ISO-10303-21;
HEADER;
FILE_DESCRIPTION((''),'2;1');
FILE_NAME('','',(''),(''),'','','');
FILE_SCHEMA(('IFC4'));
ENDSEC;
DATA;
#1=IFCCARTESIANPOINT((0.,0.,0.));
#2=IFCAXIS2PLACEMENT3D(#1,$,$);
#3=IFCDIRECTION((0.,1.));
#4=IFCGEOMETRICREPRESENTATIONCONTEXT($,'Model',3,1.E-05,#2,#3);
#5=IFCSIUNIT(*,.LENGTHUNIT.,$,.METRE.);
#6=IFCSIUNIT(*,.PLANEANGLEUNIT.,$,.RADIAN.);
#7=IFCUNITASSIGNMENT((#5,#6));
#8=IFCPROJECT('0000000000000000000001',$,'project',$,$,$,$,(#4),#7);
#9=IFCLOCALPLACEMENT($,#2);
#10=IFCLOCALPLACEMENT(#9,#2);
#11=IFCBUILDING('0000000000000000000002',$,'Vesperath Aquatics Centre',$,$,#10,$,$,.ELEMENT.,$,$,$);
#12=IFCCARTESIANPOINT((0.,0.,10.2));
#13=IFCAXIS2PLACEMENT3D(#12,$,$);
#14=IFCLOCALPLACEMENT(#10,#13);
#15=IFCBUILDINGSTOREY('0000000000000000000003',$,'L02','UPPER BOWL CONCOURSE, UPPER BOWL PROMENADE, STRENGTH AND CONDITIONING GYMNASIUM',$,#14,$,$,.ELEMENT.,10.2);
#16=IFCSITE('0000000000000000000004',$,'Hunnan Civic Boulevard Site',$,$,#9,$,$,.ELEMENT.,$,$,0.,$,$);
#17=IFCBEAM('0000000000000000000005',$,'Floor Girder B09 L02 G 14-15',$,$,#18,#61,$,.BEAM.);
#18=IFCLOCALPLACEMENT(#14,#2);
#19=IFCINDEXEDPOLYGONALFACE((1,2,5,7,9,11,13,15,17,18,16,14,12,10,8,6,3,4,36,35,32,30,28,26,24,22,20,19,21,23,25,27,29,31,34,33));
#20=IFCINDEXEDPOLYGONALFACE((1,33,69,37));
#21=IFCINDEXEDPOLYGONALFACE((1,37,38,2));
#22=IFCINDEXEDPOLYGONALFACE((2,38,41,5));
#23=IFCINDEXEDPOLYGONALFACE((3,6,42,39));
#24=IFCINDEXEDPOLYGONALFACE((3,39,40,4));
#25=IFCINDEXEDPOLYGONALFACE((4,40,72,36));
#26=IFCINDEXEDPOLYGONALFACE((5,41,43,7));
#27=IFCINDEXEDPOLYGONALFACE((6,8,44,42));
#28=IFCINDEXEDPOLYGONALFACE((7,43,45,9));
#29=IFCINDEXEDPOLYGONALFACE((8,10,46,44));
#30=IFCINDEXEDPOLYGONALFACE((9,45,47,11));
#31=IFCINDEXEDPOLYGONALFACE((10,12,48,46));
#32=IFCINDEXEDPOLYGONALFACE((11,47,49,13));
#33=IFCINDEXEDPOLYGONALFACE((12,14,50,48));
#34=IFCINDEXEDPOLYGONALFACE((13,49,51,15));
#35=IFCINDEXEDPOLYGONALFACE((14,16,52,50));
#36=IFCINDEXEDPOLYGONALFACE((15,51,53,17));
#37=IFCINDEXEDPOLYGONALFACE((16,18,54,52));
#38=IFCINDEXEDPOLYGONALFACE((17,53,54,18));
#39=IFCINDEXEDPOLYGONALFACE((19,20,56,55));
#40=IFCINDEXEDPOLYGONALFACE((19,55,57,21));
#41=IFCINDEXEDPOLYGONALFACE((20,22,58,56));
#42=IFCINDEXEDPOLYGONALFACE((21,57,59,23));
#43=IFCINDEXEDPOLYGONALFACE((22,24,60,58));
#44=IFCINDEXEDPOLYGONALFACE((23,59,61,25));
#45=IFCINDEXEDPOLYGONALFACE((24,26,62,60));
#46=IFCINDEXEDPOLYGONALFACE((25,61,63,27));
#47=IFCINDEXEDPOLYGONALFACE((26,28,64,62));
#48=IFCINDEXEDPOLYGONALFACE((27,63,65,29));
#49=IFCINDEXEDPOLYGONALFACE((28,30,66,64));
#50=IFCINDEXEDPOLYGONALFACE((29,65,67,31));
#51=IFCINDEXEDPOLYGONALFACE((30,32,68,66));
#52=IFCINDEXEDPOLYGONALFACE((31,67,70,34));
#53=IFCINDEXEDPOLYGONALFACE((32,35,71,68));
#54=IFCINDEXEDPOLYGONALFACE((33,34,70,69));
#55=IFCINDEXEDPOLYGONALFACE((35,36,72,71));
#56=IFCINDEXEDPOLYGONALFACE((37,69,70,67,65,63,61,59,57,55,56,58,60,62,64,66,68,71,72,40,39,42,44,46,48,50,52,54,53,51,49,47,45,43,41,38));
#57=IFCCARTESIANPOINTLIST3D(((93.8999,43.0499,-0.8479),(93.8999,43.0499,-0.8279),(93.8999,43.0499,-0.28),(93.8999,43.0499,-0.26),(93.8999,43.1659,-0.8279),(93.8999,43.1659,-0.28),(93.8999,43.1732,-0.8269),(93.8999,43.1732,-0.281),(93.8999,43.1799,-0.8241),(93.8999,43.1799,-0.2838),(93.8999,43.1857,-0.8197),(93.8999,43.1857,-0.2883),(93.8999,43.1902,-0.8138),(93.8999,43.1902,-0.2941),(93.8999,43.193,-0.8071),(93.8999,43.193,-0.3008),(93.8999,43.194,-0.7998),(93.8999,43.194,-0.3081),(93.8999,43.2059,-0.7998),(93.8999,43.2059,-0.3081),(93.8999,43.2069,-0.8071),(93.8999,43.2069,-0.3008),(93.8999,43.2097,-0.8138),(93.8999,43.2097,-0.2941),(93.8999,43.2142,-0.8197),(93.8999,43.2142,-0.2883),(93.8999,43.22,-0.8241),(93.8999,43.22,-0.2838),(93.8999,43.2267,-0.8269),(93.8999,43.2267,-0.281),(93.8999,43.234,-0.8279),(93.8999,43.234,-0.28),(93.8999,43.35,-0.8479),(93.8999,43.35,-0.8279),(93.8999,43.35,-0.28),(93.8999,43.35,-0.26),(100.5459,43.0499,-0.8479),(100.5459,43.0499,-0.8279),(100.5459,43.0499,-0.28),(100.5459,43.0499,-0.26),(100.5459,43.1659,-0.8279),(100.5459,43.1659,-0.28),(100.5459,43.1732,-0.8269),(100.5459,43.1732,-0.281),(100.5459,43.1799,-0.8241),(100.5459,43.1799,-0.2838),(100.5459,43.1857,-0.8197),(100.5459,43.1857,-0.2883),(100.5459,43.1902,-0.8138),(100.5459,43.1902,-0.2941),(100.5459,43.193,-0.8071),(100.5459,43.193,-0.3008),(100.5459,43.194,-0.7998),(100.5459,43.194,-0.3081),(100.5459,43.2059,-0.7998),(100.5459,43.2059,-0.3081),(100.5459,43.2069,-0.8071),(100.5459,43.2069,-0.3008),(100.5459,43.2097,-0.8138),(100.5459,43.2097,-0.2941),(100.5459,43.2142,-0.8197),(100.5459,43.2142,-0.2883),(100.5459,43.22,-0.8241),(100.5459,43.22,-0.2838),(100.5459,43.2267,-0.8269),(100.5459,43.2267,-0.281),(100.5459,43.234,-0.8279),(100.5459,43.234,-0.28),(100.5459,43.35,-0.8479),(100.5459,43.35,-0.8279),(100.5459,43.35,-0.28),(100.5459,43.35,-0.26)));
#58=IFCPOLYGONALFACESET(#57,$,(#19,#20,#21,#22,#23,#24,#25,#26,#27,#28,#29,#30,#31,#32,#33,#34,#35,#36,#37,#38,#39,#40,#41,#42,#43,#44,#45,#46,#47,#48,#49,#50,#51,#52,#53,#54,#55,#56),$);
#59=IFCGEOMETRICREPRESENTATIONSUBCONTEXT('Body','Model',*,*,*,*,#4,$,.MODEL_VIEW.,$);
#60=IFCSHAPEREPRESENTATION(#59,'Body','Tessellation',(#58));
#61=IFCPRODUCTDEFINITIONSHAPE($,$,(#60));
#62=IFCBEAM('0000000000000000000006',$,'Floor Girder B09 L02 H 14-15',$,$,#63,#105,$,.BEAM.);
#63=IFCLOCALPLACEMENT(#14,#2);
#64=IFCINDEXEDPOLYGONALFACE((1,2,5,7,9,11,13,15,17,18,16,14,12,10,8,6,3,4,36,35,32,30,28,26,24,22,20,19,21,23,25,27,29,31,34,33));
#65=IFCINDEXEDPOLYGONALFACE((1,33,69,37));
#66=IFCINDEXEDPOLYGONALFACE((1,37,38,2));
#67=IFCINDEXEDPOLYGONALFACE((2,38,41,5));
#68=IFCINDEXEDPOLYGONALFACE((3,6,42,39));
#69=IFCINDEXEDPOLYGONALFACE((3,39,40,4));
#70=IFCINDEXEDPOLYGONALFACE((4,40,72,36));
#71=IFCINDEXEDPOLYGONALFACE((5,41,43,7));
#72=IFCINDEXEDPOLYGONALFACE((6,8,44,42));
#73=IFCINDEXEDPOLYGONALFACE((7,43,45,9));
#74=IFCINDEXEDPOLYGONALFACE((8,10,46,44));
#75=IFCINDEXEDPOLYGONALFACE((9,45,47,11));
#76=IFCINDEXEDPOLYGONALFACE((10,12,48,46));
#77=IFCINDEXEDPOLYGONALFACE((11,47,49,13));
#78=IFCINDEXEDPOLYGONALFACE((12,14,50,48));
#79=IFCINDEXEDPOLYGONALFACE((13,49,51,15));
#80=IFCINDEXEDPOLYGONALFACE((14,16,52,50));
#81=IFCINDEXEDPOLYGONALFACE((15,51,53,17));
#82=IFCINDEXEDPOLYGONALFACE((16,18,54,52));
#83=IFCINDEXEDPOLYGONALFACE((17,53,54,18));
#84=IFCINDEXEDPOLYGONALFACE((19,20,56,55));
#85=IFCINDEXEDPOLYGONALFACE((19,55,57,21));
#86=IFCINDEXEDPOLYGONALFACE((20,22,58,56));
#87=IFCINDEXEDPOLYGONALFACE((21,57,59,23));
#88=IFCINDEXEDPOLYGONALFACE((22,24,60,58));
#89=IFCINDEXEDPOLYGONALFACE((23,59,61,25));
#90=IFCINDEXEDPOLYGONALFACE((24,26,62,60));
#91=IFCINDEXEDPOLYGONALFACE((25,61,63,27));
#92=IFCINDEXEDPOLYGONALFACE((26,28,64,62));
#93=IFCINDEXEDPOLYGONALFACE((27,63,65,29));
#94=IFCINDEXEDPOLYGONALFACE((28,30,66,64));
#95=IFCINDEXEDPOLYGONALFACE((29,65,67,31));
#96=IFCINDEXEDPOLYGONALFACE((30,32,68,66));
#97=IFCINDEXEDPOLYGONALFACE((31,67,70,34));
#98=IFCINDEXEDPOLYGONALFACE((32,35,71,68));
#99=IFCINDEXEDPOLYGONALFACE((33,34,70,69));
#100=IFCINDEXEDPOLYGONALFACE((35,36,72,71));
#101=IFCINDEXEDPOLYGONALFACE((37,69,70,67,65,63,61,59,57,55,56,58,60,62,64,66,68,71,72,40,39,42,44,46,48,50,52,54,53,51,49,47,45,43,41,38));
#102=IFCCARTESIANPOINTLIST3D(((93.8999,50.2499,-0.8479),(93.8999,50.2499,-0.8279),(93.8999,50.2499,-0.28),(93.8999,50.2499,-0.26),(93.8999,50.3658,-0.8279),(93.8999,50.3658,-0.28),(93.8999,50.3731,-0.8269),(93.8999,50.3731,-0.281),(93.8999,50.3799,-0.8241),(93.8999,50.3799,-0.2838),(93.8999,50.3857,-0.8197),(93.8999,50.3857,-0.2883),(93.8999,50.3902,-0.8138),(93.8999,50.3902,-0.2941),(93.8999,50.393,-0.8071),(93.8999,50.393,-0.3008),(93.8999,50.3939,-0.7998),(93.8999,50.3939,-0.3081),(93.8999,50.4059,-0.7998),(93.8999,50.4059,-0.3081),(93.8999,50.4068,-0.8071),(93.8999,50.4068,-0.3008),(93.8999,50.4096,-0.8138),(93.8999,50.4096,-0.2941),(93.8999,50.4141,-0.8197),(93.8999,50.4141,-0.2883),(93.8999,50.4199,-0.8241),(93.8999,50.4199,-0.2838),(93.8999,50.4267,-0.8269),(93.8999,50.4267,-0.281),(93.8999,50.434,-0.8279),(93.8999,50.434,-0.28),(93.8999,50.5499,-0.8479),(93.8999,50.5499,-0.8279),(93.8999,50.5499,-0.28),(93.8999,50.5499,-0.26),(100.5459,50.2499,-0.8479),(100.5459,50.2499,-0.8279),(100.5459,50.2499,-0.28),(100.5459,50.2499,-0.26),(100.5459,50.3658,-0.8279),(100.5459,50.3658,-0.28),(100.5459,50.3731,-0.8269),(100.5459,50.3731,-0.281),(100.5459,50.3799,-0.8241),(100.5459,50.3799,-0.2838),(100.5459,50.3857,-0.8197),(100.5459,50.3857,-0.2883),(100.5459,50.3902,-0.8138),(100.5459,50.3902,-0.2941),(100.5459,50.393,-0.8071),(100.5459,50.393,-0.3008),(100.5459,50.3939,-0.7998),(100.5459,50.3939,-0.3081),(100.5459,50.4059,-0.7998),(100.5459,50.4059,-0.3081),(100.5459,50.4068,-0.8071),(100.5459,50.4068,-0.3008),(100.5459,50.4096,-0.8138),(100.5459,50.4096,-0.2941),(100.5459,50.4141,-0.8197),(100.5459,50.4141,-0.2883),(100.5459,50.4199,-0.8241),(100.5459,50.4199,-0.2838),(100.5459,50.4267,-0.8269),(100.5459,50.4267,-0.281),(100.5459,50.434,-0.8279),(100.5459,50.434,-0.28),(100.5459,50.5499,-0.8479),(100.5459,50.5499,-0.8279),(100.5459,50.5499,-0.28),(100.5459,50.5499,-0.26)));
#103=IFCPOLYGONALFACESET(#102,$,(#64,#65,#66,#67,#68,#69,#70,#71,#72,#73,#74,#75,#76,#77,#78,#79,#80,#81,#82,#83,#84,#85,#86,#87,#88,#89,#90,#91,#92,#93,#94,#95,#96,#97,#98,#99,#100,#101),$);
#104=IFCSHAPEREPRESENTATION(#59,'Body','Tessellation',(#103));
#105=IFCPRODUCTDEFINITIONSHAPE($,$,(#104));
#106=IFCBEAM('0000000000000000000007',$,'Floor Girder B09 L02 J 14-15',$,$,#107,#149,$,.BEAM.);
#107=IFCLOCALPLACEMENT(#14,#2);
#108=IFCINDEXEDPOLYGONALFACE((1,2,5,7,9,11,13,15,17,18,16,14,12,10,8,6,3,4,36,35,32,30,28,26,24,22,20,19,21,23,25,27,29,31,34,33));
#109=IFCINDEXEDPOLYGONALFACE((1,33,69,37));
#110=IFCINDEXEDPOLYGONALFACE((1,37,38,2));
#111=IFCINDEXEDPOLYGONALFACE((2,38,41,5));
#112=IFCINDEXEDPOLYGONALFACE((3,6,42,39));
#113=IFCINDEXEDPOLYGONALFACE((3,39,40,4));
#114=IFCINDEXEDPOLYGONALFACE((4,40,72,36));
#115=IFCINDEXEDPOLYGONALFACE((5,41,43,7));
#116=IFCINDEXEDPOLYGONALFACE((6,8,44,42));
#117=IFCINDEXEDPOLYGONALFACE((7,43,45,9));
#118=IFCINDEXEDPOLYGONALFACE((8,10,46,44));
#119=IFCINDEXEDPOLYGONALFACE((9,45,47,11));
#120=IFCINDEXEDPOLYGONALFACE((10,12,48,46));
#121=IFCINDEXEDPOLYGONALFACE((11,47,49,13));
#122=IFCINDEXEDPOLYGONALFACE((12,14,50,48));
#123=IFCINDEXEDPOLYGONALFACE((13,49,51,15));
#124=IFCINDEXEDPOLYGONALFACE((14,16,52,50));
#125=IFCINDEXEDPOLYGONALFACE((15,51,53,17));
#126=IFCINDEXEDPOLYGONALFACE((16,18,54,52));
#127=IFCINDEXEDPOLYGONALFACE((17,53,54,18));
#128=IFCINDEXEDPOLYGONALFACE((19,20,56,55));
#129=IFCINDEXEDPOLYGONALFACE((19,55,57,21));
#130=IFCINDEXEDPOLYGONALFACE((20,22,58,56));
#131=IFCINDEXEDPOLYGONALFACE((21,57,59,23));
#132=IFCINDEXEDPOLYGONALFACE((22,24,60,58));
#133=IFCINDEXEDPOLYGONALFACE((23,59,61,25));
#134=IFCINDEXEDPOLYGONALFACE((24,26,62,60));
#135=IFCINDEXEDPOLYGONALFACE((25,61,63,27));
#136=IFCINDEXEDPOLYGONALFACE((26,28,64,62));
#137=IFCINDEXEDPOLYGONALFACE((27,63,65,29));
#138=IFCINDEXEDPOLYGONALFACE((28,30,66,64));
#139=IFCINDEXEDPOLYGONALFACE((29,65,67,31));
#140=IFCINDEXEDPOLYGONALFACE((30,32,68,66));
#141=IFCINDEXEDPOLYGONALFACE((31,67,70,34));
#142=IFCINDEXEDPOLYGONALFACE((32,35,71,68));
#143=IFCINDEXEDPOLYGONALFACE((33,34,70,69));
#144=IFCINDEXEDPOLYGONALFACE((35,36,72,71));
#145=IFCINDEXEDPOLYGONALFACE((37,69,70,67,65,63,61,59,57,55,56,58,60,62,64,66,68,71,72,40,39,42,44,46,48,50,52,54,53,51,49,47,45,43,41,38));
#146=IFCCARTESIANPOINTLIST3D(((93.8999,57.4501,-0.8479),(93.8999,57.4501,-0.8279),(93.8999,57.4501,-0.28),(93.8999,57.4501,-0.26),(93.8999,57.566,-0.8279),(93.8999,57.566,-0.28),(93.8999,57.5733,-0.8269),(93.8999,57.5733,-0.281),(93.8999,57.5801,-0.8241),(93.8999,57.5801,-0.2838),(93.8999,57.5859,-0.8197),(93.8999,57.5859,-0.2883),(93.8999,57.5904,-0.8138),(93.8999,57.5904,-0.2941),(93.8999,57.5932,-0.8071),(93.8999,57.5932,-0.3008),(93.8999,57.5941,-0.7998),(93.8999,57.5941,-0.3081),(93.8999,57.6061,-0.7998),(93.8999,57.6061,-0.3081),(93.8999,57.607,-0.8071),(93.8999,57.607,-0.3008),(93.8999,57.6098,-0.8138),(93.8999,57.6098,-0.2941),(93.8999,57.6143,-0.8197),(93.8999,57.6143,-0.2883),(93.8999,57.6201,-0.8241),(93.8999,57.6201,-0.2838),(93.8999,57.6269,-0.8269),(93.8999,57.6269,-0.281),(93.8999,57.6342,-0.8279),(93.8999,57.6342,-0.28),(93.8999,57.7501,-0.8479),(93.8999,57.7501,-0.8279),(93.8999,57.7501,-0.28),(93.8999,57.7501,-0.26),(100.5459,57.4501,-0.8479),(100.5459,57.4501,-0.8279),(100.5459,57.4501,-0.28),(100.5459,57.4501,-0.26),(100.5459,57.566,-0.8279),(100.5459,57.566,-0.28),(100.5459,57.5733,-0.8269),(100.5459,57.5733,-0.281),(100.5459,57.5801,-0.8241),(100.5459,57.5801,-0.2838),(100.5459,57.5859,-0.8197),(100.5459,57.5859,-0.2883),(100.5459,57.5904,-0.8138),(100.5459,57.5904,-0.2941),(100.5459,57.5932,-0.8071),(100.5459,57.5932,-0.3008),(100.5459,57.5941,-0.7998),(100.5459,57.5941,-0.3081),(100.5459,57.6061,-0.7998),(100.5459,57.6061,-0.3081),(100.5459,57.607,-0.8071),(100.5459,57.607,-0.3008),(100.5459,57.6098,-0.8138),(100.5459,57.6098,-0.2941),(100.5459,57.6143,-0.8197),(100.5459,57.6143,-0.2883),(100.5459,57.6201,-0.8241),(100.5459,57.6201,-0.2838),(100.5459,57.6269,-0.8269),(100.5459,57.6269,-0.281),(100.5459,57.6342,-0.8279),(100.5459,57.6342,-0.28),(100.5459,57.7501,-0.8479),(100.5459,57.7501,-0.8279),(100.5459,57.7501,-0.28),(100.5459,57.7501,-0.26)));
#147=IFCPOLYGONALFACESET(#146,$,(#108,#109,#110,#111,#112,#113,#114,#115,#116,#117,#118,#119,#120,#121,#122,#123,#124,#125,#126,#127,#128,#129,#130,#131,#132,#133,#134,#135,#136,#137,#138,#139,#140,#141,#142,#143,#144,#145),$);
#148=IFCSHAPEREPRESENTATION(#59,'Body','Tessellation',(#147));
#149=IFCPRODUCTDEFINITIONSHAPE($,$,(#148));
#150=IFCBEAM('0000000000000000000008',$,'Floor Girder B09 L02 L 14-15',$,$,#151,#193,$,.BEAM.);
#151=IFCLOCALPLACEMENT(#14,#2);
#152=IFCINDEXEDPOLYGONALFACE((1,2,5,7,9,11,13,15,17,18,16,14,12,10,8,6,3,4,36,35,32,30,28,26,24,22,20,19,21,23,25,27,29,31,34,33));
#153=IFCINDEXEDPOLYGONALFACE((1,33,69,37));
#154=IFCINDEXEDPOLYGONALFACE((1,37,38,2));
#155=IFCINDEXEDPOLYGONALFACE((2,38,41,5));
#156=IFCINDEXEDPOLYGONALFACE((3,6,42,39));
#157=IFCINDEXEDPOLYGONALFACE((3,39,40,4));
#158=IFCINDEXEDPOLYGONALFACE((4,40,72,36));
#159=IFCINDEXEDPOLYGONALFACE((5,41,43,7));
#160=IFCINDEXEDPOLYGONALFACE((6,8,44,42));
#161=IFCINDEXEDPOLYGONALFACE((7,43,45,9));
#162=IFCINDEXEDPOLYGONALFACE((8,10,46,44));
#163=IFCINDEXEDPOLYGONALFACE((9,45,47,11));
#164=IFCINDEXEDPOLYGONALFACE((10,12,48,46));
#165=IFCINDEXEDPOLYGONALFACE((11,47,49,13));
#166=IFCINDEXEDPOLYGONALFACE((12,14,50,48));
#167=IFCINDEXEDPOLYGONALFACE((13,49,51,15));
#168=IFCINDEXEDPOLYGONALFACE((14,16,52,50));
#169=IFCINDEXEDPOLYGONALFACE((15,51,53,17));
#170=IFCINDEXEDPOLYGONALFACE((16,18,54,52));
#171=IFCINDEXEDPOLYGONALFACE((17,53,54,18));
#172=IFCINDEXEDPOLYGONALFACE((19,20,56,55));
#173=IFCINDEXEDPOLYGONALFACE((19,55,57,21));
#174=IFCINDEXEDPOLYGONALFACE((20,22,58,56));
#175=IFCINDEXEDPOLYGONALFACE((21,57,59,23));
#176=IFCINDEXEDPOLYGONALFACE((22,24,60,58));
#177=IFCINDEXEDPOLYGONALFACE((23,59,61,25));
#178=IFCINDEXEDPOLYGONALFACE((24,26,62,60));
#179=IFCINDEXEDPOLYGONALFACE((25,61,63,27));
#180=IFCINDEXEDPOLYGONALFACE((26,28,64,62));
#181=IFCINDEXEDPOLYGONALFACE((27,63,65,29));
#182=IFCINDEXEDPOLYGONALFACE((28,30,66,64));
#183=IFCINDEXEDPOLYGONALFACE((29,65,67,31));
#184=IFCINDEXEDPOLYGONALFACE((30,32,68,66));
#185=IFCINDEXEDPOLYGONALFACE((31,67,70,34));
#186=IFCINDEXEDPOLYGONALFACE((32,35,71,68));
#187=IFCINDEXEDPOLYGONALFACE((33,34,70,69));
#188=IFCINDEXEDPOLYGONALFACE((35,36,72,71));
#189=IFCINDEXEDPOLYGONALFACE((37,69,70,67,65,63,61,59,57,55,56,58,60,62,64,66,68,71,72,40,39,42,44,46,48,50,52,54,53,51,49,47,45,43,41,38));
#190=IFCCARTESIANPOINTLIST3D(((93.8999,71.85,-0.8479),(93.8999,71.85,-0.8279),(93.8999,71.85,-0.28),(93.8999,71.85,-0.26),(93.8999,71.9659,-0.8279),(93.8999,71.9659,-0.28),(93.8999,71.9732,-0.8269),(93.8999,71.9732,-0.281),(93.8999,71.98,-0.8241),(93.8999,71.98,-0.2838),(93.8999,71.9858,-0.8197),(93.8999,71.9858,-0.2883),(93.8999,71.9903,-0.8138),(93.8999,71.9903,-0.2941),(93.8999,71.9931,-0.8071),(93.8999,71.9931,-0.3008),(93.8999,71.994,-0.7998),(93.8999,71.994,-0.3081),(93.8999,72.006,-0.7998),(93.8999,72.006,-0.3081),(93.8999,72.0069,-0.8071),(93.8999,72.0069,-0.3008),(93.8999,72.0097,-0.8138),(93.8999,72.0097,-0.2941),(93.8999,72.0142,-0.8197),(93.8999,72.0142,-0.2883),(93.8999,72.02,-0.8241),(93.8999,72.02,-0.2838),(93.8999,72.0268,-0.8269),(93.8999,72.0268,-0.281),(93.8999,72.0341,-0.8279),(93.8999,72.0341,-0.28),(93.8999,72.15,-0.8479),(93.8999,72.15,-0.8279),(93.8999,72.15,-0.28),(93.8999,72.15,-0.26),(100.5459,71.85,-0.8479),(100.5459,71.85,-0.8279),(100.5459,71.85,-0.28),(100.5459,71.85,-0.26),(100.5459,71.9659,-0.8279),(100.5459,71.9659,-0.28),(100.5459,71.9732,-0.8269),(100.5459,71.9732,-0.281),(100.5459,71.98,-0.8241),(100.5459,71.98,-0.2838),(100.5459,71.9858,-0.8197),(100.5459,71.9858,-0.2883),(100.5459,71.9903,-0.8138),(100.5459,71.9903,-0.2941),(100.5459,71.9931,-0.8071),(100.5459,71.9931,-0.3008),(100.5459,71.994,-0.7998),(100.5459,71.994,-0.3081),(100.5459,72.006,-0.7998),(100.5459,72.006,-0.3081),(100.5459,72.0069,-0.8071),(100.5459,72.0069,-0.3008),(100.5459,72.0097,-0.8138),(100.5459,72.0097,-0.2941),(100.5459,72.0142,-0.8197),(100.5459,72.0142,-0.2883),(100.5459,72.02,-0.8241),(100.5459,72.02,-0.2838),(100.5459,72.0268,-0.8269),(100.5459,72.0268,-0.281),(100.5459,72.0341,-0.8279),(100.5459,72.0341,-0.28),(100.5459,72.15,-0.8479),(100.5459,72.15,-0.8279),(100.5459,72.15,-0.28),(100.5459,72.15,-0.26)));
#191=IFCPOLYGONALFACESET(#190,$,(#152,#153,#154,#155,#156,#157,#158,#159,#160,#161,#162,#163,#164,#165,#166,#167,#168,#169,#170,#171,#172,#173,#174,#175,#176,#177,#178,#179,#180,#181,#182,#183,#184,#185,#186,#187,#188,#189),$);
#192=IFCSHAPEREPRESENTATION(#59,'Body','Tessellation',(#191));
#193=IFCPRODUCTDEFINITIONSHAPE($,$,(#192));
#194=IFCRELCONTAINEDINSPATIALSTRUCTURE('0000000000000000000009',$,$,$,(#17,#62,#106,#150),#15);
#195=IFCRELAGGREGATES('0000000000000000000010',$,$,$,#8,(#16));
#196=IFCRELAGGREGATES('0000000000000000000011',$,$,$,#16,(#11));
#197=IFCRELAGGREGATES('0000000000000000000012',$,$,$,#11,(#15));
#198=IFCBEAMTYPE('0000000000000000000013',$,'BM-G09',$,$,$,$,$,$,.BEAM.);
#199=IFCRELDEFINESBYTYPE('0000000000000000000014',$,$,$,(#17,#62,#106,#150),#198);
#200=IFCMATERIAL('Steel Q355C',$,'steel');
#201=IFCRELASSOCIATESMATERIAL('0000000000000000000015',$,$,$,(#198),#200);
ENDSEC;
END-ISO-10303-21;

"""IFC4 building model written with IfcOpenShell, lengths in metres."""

from ifc_helpers import new_model, si_unit, direction, frame, origin, origin_2d, place, context, subcontext, project, spatial, i_section, extrude, material, material_profile, profile_set, type_object, element, save


model = new_model("IFC4")

# Units and contexts
model_context = context("Model", 3, precision=1e-05, world=origin(), true_north=direction((0.0, 1.0)))
body_context = subcontext(model_context, "Body", "Model", "MODEL_VIEW")
ifc_project = project(units=[si_unit("LENGTHUNIT", "METRE"), si_unit("PLANEANGLEUNIT", "RADIAN")], contexts=[model_context])

# Site, building, storey
site_placement = place(None, origin())
site = spatial("IfcSite", under=ifc_project, at=site_placement, Name="Hunnan Civic Boulevard Site", CompositionType="ELEMENT", RefElevation=0.0)
building_placement = place(site_placement, origin())
building = spatial("IfcBuilding", under=site, at=building_placement, Name="Vesperath Aquatics Centre", CompositionType="ELEMENT")
storey_placement = place(building_placement, frame((0.0, 0.0, 10.2)))
storey = spatial("IfcBuildingStorey", under=building, at=storey_placement, Name="L02", Description="UPPER BOWL CONCOURSE, UPPER BOWL PROMENADE, STRENGTH AND CONDITIONING GYMNASIUM", CompositionType="ELEMENT", Elevation=10.2)

# Beams
ifc_material_1 = material(Name="Steel Q355C", Category="steel")
ifc_material_profile_1 = material_profile(ifc_material_1, i_section(OverallWidth=0.3, OverallDepth=0.5879, WebThickness=0.012, FlangeThickness=0.02, FilletRadius=0.0281, at=origin_2d()), Name="HM 588x300x12x20")
ifc_profile_set_1 = profile_set([ifc_material_profile_1], Name="Steel Q355C")
beam_type_1 = type_object("IfcBeamType", Name="BM-G09", PredefinedType="BEAM", material=ifc_profile_set_1)
for number, where, z_axis, x_axis, name in (
    (1, (93.8999, 43.2, -0.554), (1.0, 0.0, 0.0), (0.0, 1.0, 0.0), "Floor Girder B09 L02 G 14-15"),
    (2, (93.8999, 50.3999, -0.554), (1.0, 0.0, 0.0), (0.0, 1.0, 0.0), "Floor Girder B09 L02 H 14-15"),
    (3, (93.8999, 57.6001, -0.554), (1.0, 0.0, 0.0), (0.0, 1.0, 0.0), "Floor Girder B09 L02 J 14-15"),
    (4, (93.8999, 72.0, -0.554), (1.0, 0.0, 0.0), (0.0, 1.0, 0.0), "Floor Girder B09 L02 L 14-15"),
):
    element("IfcBeam", number, at=place(storey_placement, frame(where, z_axis=z_axis, x_axis=x_axis)), inside=storey, type_object=beam_type_1, Name=name, PredefinedType="BEAM", context=body_context, shape_type="SweptSolid", body=[
        extrude(i_section(OverallWidth=0.3, OverallDepth=0.5879, WebThickness=0.012, FlangeThickness=0.02, FilletRadius=0.0281, at=origin_2d()), origin(), (0.0, 0.0, 1.0), 6.646),
    ])

save(model, "model.ifc")
